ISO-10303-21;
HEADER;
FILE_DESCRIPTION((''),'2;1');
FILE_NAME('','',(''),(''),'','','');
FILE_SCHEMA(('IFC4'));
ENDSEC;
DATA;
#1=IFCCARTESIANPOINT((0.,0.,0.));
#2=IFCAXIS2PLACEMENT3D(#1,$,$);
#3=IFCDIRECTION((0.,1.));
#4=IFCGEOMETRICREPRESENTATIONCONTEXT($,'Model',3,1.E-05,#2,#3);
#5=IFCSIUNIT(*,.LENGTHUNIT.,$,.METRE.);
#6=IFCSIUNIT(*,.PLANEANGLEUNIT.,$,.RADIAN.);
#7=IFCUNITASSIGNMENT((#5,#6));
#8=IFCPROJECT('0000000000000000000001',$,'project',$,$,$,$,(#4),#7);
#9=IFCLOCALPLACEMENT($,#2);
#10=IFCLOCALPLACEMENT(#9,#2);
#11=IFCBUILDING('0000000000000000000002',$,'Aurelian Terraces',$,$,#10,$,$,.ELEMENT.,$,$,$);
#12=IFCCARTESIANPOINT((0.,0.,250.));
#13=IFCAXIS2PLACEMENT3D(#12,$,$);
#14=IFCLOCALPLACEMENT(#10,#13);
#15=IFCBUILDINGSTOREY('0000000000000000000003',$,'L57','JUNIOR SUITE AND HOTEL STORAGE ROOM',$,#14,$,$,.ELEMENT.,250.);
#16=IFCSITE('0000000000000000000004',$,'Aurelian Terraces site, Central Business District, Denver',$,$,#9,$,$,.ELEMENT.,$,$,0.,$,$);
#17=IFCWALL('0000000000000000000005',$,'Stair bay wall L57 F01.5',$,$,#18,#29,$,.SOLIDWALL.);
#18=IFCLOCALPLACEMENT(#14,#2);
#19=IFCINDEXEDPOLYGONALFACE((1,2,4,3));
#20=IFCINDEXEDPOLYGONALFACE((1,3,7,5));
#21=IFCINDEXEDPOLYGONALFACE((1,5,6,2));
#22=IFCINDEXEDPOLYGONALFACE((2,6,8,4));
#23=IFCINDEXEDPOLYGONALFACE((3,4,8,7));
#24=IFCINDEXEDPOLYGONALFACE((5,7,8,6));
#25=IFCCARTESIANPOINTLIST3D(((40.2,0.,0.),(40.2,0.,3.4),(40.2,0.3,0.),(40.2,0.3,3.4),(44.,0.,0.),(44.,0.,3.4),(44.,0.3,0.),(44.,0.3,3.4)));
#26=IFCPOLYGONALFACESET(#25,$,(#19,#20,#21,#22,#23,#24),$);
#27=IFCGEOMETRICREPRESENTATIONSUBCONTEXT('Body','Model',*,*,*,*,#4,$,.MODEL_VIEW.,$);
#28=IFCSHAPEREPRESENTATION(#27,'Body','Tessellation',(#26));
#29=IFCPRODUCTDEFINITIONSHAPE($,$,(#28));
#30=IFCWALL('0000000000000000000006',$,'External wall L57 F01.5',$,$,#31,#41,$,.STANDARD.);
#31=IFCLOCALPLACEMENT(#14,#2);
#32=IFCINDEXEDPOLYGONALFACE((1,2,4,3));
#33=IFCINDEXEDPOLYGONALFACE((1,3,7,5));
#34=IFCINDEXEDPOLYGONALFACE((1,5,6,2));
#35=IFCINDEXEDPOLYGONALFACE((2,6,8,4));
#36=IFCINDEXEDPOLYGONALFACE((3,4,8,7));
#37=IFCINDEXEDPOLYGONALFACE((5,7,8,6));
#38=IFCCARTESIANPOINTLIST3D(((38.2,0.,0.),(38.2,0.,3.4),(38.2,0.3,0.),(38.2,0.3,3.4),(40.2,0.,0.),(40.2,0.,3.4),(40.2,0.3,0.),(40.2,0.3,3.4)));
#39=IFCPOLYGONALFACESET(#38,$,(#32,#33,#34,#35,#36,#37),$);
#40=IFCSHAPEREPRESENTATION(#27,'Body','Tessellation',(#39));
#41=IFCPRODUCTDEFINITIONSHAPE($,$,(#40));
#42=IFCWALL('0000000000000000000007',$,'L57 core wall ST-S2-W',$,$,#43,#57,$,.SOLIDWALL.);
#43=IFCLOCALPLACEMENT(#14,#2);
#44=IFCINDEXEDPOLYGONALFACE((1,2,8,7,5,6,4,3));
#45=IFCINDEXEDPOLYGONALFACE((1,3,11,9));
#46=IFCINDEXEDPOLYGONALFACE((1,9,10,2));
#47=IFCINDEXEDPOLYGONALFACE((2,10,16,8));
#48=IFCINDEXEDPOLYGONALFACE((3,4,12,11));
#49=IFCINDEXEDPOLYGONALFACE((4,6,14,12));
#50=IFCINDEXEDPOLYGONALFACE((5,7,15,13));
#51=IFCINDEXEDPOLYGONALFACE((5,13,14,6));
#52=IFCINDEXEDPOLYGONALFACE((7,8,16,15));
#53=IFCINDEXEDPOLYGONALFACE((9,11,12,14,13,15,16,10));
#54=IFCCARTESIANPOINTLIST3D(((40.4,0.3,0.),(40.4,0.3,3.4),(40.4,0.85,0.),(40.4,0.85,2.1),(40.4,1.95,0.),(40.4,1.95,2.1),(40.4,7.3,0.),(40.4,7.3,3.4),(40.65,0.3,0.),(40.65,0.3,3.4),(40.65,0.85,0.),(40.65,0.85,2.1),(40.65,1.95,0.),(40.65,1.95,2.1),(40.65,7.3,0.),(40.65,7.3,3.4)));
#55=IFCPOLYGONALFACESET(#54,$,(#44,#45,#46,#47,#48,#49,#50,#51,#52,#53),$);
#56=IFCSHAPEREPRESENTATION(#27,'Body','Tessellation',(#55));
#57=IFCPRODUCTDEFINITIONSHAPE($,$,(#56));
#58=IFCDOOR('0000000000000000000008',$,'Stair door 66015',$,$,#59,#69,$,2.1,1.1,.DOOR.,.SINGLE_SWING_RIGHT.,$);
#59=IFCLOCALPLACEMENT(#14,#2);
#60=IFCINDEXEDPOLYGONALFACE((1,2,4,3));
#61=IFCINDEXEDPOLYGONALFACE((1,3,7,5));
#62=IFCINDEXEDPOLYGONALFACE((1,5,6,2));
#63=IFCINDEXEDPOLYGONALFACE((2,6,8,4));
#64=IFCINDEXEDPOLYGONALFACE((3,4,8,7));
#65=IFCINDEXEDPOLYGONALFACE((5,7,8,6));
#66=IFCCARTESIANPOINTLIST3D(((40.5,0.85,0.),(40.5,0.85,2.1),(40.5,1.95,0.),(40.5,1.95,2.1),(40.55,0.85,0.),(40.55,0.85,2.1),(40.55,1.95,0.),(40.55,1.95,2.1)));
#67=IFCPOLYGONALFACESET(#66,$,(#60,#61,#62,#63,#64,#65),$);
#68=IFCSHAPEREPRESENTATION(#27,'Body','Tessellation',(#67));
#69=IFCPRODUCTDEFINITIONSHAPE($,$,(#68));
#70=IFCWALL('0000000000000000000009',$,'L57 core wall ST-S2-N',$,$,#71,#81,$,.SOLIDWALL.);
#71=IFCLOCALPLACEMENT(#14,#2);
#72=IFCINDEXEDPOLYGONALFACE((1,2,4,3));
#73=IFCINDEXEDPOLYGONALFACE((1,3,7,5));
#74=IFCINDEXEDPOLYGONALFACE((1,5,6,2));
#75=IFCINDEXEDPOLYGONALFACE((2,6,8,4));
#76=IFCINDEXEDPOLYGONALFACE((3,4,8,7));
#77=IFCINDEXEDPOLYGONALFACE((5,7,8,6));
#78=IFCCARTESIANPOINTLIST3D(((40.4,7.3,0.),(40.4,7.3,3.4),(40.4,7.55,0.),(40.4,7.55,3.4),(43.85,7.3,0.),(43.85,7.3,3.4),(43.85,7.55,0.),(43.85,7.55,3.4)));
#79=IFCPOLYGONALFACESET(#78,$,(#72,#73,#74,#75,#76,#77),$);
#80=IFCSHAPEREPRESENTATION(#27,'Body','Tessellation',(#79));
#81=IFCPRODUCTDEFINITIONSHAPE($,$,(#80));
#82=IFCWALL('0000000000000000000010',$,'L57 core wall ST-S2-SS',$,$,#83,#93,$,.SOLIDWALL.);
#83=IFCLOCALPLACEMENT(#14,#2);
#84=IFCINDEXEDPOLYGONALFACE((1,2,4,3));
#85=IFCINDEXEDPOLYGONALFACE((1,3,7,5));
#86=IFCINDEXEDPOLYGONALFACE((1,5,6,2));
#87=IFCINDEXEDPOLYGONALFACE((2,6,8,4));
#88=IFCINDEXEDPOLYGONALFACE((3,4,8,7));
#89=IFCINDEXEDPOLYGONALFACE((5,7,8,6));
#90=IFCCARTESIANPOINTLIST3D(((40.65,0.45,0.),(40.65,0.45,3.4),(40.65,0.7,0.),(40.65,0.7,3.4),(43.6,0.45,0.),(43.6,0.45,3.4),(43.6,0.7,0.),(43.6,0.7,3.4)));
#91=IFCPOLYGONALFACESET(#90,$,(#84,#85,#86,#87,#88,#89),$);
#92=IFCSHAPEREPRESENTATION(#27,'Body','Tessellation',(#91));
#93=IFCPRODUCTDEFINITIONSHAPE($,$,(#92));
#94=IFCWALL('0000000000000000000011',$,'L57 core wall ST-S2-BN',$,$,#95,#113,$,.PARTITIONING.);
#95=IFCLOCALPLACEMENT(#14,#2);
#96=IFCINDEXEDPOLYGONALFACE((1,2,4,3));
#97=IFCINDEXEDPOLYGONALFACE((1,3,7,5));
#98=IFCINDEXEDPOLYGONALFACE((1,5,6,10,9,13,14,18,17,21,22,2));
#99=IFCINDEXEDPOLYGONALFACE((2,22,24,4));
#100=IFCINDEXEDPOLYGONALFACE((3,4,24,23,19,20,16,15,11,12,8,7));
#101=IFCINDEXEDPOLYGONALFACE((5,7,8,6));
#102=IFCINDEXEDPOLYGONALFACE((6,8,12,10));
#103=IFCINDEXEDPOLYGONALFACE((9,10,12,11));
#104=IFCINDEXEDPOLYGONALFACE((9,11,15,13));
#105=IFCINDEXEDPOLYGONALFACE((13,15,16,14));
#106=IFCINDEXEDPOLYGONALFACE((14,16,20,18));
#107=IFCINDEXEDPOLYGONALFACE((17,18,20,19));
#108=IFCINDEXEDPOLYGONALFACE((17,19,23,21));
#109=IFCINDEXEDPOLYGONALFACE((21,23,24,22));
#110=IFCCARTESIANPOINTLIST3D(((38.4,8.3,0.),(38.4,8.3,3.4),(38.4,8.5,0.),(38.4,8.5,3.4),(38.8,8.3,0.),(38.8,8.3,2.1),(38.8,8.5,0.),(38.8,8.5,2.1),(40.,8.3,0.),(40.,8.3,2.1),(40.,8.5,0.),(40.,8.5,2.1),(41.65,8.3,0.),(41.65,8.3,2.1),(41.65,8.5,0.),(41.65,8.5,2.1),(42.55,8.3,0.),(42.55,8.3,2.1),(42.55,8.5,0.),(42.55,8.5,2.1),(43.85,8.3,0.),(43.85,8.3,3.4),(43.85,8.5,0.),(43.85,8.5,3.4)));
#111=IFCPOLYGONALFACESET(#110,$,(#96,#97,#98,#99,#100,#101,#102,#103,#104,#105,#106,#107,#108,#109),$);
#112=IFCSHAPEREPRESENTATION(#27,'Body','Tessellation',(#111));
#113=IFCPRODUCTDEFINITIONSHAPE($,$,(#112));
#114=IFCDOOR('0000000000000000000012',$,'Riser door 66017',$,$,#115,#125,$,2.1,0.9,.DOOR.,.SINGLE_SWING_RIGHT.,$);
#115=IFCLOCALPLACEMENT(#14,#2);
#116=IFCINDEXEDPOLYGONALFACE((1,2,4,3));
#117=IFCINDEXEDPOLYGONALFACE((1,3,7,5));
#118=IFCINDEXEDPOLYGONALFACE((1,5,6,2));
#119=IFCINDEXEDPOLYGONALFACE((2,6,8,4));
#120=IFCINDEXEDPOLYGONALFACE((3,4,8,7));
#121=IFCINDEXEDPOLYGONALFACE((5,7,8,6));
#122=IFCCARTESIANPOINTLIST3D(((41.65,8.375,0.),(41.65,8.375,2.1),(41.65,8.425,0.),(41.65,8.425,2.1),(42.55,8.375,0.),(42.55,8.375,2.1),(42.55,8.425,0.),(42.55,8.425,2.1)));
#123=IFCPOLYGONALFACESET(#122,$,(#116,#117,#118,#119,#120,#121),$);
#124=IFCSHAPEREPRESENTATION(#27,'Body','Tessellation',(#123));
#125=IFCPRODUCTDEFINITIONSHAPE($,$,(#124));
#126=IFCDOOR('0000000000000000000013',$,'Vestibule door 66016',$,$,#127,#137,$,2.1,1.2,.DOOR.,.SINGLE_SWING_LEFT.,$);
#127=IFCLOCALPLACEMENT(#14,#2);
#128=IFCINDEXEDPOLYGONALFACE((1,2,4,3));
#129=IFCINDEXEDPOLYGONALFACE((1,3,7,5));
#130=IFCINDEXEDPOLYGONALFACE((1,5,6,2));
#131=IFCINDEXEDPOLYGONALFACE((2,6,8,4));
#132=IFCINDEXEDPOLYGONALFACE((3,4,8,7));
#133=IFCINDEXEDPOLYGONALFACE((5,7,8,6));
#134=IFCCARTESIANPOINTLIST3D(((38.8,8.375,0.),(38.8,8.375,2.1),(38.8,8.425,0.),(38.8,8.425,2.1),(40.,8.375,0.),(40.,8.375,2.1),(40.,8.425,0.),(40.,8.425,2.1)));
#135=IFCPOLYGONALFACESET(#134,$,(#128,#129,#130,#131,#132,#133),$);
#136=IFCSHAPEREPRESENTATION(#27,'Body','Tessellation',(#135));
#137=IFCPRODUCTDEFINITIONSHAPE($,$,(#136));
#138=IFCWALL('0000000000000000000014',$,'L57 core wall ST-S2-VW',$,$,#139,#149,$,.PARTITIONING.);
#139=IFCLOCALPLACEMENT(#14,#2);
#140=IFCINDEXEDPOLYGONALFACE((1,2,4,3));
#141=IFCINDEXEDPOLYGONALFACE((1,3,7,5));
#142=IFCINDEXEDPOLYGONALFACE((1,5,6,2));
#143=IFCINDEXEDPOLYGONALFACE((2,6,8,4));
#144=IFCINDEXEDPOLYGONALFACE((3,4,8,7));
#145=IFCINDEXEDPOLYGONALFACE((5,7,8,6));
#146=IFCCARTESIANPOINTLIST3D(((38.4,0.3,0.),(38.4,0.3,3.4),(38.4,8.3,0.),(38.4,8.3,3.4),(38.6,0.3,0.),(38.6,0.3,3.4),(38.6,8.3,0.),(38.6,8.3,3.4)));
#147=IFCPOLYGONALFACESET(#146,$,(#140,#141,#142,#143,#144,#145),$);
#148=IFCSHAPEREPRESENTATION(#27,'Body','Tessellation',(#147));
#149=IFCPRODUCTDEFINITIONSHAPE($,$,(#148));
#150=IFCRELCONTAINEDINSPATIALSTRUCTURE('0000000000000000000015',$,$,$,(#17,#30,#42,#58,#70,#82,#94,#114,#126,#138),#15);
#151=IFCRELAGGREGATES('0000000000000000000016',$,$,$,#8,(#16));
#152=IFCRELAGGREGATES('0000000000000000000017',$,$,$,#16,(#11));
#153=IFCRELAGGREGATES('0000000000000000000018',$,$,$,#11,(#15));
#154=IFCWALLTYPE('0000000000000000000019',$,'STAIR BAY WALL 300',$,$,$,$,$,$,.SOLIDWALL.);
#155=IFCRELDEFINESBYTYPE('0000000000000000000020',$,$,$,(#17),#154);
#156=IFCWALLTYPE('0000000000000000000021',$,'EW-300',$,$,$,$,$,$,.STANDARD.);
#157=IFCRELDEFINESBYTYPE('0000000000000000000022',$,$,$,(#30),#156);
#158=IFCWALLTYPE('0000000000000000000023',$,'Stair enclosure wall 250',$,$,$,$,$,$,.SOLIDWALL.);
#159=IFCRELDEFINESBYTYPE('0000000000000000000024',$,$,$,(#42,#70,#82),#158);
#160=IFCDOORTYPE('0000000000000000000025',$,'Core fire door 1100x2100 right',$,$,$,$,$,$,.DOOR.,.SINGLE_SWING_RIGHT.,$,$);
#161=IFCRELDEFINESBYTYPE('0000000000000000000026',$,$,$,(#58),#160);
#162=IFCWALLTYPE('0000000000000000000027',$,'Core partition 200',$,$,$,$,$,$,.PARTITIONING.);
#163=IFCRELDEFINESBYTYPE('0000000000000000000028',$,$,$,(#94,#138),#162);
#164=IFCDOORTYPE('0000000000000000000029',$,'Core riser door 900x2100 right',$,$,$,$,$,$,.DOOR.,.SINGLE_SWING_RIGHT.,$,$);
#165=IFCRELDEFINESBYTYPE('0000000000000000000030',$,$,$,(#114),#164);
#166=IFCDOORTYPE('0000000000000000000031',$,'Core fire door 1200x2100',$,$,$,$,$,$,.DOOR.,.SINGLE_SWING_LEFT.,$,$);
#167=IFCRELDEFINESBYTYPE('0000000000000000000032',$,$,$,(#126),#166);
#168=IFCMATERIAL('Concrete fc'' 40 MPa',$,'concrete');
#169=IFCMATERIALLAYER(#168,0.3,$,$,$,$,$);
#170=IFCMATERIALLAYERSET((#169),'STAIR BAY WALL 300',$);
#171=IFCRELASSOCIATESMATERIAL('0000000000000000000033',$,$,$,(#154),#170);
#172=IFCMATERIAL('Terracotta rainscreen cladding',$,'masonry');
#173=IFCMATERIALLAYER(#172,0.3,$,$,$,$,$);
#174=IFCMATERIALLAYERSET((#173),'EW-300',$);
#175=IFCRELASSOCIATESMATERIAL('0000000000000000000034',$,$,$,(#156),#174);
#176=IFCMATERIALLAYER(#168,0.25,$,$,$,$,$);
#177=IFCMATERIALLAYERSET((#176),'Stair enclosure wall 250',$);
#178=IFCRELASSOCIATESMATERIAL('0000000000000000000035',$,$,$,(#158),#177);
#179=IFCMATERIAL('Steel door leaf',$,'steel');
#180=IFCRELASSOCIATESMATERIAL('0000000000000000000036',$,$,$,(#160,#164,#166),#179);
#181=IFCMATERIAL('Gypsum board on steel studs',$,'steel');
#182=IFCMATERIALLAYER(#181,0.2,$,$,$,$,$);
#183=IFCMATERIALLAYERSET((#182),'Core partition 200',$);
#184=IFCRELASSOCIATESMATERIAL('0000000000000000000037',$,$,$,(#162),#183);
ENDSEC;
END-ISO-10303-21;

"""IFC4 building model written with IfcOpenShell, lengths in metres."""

from ifc_helpers import new_model, si_unit, direction, frame, frame_2d, origin, place, context, subcontext, project, spatial, rectangle, extrude, source, transform, mapped, material, layer, layer_set, type_object, element, fill, save


model = new_model("IFC4")

# Units and contexts
model_context = context("Model", 3, precision=1e-05, world=origin(), true_north=direction((0.0, 1.0)))
body_context = subcontext(model_context, "Body", "Model", "MODEL_VIEW")
ifc_project = project(units=[si_unit("LENGTHUNIT", "METRE"), si_unit("PLANEANGLEUNIT", "RADIAN")], contexts=[model_context])

# Site, building, storey
site_placement = place(None, origin())
site = spatial("IfcSite", under=ifc_project, at=site_placement, Name="Aurelian Terraces site, Central Business District, Denver", CompositionType="ELEMENT", RefElevation=0.0)
building_placement = place(site_placement, origin())
building = spatial("IfcBuilding", under=site, at=building_placement, Name="Aurelian Terraces", CompositionType="ELEMENT")
storey_placement = place(building_placement, frame((0.0, 0.0, 250.0)))
storey = spatial("IfcBuildingStorey", under=building, at=storey_placement, Name="L57", Description="JUNIOR SUITE AND HOTEL STORAGE ROOM", CompositionType="ELEMENT", Elevation=250.0)

# Walls
ifc_material_1 = material(Name="Concrete fc' 40 MPa", Category="concrete")
ifc_layer_1 = layer(ifc_material_1, 0.3)
ifc_layer_set_1 = layer_set([ifc_layer_1], Name="STAIR BAY WALL 300")
wall_type_1 = type_object("IfcWallType", Name="STAIR BAY WALL 300", PredefinedType="SOLIDWALL", material=ifc_layer_set_1)
shared_shape_1 = source(origin(), body_context, "Body", "SweptSolid", [
    extrude(rectangle(XDim=3.8, YDim=0.3, at=frame_2d((1.9, 0.0))), origin(), (0.0, 0.0, 1.0), 3.4),
])
wall_1_placement = place(storey_placement, frame((40.2, 0.15, 0.0), z_axis=(0.0, 0.0, 1.0), x_axis=(1.0, 0.0, 0.0)))
element("IfcWall", 1, at=wall_1_placement, inside=storey, type_object=wall_type_1, Name="Stair bay wall L57 F01.5", PredefinedType="SOLIDWALL", context=body_context, shape_type="MappedRepresentation", body=[
    mapped(shared_shape_1, transform((0.0, 0.0, 0.0), scale=1.0)),
])
ifc_material_2 = material(Name="Terracotta rainscreen cladding", Category="masonry")
ifc_layer_2 = layer(ifc_material_2, 0.3)
ifc_layer_set_2 = layer_set([ifc_layer_2], Name="EW-300")
wall_type_2 = type_object("IfcWallType", Name="EW-300", PredefinedType="STANDARD", material=ifc_layer_set_2)
shared_shape_2 = source(origin(), body_context, "Body", "SweptSolid", [
    extrude(rectangle(XDim=2.0, YDim=0.3, at=frame_2d((1.0, 0.0))), origin(), (0.0, 0.0, 1.0), 3.4),
])
wall_2_placement = place(storey_placement, frame((38.2, 0.15, 0.0), z_axis=(0.0, 0.0, 1.0), x_axis=(1.0, 0.0, 0.0)))
element("IfcWall", 2, at=wall_2_placement, inside=storey, type_object=wall_type_2, Name="External wall L57 F01.5", PredefinedType="STANDARD", context=body_context, shape_type="MappedRepresentation", body=[
    mapped(shared_shape_2, transform((0.0, 0.0, 0.0), scale=1.0)),
])

# Wall, opening, door
ifc_layer_3 = layer(ifc_material_1, 0.25)
ifc_layer_set_3 = layer_set([ifc_layer_3], Name="Stair enclosure wall 250")
wall_type_3 = type_object("IfcWallType", Name="Stair enclosure wall 250", PredefinedType="SOLIDWALL", material=ifc_layer_set_3)
shared_shape_3 = source(origin(), body_context, "Body", "SweptSolid", [
    extrude(rectangle(XDim=7.0, YDim=0.25, at=frame_2d((3.5, 0.0))), origin(), (0.0, 0.0, 1.0), 3.4),
])
wall_3_placement = place(storey_placement, frame((40.525, 0.3, 0.0), z_axis=(0.0, 0.0, 1.0), x_axis=(0.0, 1.0, 0.0)))
wall_3 = element("IfcWall", 3, at=wall_3_placement, inside=storey, type_object=wall_type_3, Name="L57 core wall ST-S2-W", PredefinedType="SOLIDWALL", context=body_context, shape_type="MappedRepresentation", body=[
    mapped(shared_shape_3, transform((0.0, 0.0, 0.0), scale=1.0)),
])
shared_shape_4 = source(origin(), body_context, "Body", "SweptSolid", [
    extrude(rectangle(XDim=1.1, YDim=2.1, at=frame_2d((0.55, 1.05))), frame((0.0, 0.135, 0.0), z_axis=(0.0, -1.0, 0.0), x_axis=(1.0, 0.0, 0.0)), (0.0, 0.0, 1.0), 0.27),
])
opening_1_placement = place(wall_3_placement, frame((0.55, 0.0, 0.0)))
opening_1 = element("IfcOpeningElement", 4, at=opening_1_placement, cuts=wall_3, PredefinedType="OPENING", context=body_context, shape_type="MappedRepresentation", body=[
    mapped(shared_shape_4, transform((0.0, 0.0, 0.0), scale=1.0)),
])
ifc_material_3 = material(Name="Steel door leaf", Category="steel")
door_type_1 = type_object("IfcDoorType", Name="Core fire door 1100x2100 right", OperationType="SINGLE_SWING_RIGHT", PredefinedType="DOOR", material=ifc_material_3)
shared_shape_5 = source(origin(), body_context, "Body", "SweptSolid", [
    extrude(rectangle(XDim=1.1, YDim=2.1, at=frame_2d((0.55, 1.05))), frame((0.0, 0.025, 0.0), z_axis=(0.0, -1.0, 0.0), x_axis=(1.0, 0.0, 0.0)), (0.0, 0.0, 1.0), 0.05),
])
door_1_placement = place(opening_1_placement, origin())
door_1 = element("IfcDoor", 5, at=door_1_placement, inside=storey, type_object=door_type_1, Name="Stair door 66015", OperationType="SINGLE_SWING_RIGHT", OverallHeight=2.1, OverallWidth=1.1, PredefinedType="DOOR", context=body_context, shape_type="MappedRepresentation", body=[
    mapped(shared_shape_5, transform((0.0, 0.0, 0.0), scale=1.0)),
])
fill(opening_1, door_1)

# Walls
shared_shape_6 = source(origin(), body_context, "Body", "SweptSolid", [
    extrude(rectangle(XDim=3.45, YDim=0.25, at=frame_2d((1.725, 0.0))), origin(), (0.0, 0.0, 1.0), 3.4),
])
wall_4_placement = place(storey_placement, frame((40.4, 7.425, 0.0), z_axis=(0.0, 0.0, 1.0), x_axis=(1.0, 0.0, 0.0)))
element("IfcWall", 6, at=wall_4_placement, inside=storey, type_object=wall_type_3, Name="L57 core wall ST-S2-N", PredefinedType="SOLIDWALL", context=body_context, shape_type="MappedRepresentation", body=[
    mapped(shared_shape_6, transform((0.0, 0.0, 0.0), scale=1.0)),
])
shared_shape_7 = source(origin(), body_context, "Body", "SweptSolid", [
    extrude(rectangle(XDim=2.95, YDim=0.25, at=frame_2d((1.475, 0.0))), origin(), (0.0, 0.0, 1.0), 3.4),
])
wall_5_placement = place(storey_placement, frame((40.65, 0.575, 0.0), z_axis=(0.0, 0.0, 1.0), x_axis=(1.0, 0.0, 0.0)))
element("IfcWall", 7, at=wall_5_placement, inside=storey, type_object=wall_type_3, Name="L57 core wall ST-S2-SS", PredefinedType="SOLIDWALL", context=body_context, shape_type="MappedRepresentation", body=[
    mapped(shared_shape_7, transform((0.0, 0.0, 0.0), scale=1.0)),
])

# Wall, openings, doors
ifc_material_4 = material(Name="Gypsum board on steel studs", Category="steel")
ifc_layer_4 = layer(ifc_material_4, 0.2)
ifc_layer_set_4 = layer_set([ifc_layer_4], Name="Core partition 200")
wall_type_4 = type_object("IfcWallType", Name="Core partition 200", PredefinedType="PARTITIONING", material=ifc_layer_set_4)
shared_shape_8 = source(origin(), body_context, "Body", "SweptSolid", [
    extrude(rectangle(XDim=5.45, YDim=0.2, at=frame_2d((2.725, 0.0))), origin(), (0.0, 0.0, 1.0), 3.4),
])
wall_6_placement = place(storey_placement, frame((38.4, 8.4, 0.0), z_axis=(0.0, 0.0, 1.0), x_axis=(1.0, 0.0, 0.0)))
wall_6 = element("IfcWall", 8, at=wall_6_placement, inside=storey, type_object=wall_type_4, Name="L57 core wall ST-S2-BN", PredefinedType="PARTITIONING", context=body_context, shape_type="MappedRepresentation", body=[
    mapped(shared_shape_8, transform((0.0, 0.0, 0.0), scale=1.0)),
])
shared_shape_9 = source(origin(), body_context, "Body", "SweptSolid", [
    extrude(rectangle(XDim=1.2, YDim=2.1, at=frame_2d((0.6, 1.05))), frame((0.0, 0.11, 0.0), z_axis=(0.0, -1.0, 0.0), x_axis=(1.0, 0.0, 0.0)), (0.0, 0.0, 1.0), 0.22),
])
opening_2_placement = place(wall_6_placement, frame((0.4, 0.0, 0.0)))
opening_2 = element("IfcOpeningElement", 9, at=opening_2_placement, cuts=wall_6, PredefinedType="OPENING", context=body_context, shape_type="MappedRepresentation", body=[
    mapped(shared_shape_9, transform((0.0, 0.0, 0.0), scale=1.0)),
])
shared_shape_10 = source(origin(), body_context, "Body", "SweptSolid", [
    extrude(rectangle(XDim=0.9, YDim=2.1, at=frame_2d((0.45, 1.05))), frame((0.0, 0.11, 0.0), z_axis=(0.0, -1.0, 0.0), x_axis=(1.0, 0.0, 0.0)), (0.0, 0.0, 1.0), 0.22),
])
opening_3_placement = place(wall_6_placement, frame((3.25, 0.0, 0.0)))
opening_3 = element("IfcOpeningElement", 10, at=opening_3_placement, cuts=wall_6, PredefinedType="OPENING", context=body_context, shape_type="MappedRepresentation", body=[
    mapped(shared_shape_10, transform((0.0, 0.0, 0.0), scale=1.0)),
])
door_type_2 = type_object("IfcDoorType", Name="Core riser door 900x2100 right", OperationType="SINGLE_SWING_RIGHT", PredefinedType="DOOR", material=ifc_material_3)
shared_shape_11 = source(origin(), body_context, "Body", "SweptSolid", [
    extrude(rectangle(XDim=0.9, YDim=2.1, at=frame_2d((0.45, 1.05))), frame((0.0, 0.025, 0.0), z_axis=(0.0, -1.0, 0.0), x_axis=(1.0, 0.0, 0.0)), (0.0, 0.0, 1.0), 0.05),
])
door_2_placement = place(opening_3_placement, origin())
door_2 = element("IfcDoor", 11, at=door_2_placement, inside=storey, type_object=door_type_2, Name="Riser door 66017", OperationType="SINGLE_SWING_RIGHT", OverallHeight=2.1, OverallWidth=0.9, PredefinedType="DOOR", context=body_context, shape_type="MappedRepresentation", body=[
    mapped(shared_shape_11, transform((0.0, 0.0, 0.0), scale=1.0)),
])
fill(opening_3, door_2)
door_type_3 = type_object("IfcDoorType", Name="Core fire door 1200x2100", OperationType="SINGLE_SWING_LEFT", PredefinedType="DOOR", material=ifc_material_3)
shared_shape_12 = source(origin(), body_context, "Body", "SweptSolid", [
    extrude(rectangle(XDim=1.2, YDim=2.1, at=frame_2d((0.6, 1.05))), frame((0.0, 0.025, 0.0), z_axis=(0.0, -1.0, 0.0), x_axis=(1.0, 0.0, 0.0)), (0.0, 0.0, 1.0), 0.05),
])
door_3_placement = place(opening_2_placement, origin())
door_3 = element("IfcDoor", 12, at=door_3_placement, inside=storey, type_object=door_type_3, Name="Vestibule door 66016", OperationType="SINGLE_SWING_LEFT", OverallHeight=2.1, OverallWidth=1.2, PredefinedType="DOOR", context=body_context, shape_type="MappedRepresentation", body=[
    mapped(shared_shape_12, transform((0.0, 0.0, 0.0), scale=1.0)),
])
fill(opening_2, door_3)

# Wall
shared_shape_13 = source(origin(), body_context, "Body", "SweptSolid", [
    extrude(rectangle(XDim=8.0, YDim=0.2, at=frame_2d((4.0, 0.0))), origin(), (0.0, 0.0, 1.0), 3.4),
])
wall_7_placement = place(storey_placement, frame((38.5, 0.3, 0.0), z_axis=(0.0, 0.0, 1.0), x_axis=(0.0, 1.0, 0.0)))
element("IfcWall", 13, at=wall_7_placement, inside=storey, type_object=wall_type_4, Name="L57 core wall ST-S2-VW", PredefinedType="PARTITIONING", context=body_context, shape_type="MappedRepresentation", body=[
    mapped(shared_shape_13, transform((0.0, 0.0, 0.0), scale=1.0)),
])

save(model, "model.ifc")
